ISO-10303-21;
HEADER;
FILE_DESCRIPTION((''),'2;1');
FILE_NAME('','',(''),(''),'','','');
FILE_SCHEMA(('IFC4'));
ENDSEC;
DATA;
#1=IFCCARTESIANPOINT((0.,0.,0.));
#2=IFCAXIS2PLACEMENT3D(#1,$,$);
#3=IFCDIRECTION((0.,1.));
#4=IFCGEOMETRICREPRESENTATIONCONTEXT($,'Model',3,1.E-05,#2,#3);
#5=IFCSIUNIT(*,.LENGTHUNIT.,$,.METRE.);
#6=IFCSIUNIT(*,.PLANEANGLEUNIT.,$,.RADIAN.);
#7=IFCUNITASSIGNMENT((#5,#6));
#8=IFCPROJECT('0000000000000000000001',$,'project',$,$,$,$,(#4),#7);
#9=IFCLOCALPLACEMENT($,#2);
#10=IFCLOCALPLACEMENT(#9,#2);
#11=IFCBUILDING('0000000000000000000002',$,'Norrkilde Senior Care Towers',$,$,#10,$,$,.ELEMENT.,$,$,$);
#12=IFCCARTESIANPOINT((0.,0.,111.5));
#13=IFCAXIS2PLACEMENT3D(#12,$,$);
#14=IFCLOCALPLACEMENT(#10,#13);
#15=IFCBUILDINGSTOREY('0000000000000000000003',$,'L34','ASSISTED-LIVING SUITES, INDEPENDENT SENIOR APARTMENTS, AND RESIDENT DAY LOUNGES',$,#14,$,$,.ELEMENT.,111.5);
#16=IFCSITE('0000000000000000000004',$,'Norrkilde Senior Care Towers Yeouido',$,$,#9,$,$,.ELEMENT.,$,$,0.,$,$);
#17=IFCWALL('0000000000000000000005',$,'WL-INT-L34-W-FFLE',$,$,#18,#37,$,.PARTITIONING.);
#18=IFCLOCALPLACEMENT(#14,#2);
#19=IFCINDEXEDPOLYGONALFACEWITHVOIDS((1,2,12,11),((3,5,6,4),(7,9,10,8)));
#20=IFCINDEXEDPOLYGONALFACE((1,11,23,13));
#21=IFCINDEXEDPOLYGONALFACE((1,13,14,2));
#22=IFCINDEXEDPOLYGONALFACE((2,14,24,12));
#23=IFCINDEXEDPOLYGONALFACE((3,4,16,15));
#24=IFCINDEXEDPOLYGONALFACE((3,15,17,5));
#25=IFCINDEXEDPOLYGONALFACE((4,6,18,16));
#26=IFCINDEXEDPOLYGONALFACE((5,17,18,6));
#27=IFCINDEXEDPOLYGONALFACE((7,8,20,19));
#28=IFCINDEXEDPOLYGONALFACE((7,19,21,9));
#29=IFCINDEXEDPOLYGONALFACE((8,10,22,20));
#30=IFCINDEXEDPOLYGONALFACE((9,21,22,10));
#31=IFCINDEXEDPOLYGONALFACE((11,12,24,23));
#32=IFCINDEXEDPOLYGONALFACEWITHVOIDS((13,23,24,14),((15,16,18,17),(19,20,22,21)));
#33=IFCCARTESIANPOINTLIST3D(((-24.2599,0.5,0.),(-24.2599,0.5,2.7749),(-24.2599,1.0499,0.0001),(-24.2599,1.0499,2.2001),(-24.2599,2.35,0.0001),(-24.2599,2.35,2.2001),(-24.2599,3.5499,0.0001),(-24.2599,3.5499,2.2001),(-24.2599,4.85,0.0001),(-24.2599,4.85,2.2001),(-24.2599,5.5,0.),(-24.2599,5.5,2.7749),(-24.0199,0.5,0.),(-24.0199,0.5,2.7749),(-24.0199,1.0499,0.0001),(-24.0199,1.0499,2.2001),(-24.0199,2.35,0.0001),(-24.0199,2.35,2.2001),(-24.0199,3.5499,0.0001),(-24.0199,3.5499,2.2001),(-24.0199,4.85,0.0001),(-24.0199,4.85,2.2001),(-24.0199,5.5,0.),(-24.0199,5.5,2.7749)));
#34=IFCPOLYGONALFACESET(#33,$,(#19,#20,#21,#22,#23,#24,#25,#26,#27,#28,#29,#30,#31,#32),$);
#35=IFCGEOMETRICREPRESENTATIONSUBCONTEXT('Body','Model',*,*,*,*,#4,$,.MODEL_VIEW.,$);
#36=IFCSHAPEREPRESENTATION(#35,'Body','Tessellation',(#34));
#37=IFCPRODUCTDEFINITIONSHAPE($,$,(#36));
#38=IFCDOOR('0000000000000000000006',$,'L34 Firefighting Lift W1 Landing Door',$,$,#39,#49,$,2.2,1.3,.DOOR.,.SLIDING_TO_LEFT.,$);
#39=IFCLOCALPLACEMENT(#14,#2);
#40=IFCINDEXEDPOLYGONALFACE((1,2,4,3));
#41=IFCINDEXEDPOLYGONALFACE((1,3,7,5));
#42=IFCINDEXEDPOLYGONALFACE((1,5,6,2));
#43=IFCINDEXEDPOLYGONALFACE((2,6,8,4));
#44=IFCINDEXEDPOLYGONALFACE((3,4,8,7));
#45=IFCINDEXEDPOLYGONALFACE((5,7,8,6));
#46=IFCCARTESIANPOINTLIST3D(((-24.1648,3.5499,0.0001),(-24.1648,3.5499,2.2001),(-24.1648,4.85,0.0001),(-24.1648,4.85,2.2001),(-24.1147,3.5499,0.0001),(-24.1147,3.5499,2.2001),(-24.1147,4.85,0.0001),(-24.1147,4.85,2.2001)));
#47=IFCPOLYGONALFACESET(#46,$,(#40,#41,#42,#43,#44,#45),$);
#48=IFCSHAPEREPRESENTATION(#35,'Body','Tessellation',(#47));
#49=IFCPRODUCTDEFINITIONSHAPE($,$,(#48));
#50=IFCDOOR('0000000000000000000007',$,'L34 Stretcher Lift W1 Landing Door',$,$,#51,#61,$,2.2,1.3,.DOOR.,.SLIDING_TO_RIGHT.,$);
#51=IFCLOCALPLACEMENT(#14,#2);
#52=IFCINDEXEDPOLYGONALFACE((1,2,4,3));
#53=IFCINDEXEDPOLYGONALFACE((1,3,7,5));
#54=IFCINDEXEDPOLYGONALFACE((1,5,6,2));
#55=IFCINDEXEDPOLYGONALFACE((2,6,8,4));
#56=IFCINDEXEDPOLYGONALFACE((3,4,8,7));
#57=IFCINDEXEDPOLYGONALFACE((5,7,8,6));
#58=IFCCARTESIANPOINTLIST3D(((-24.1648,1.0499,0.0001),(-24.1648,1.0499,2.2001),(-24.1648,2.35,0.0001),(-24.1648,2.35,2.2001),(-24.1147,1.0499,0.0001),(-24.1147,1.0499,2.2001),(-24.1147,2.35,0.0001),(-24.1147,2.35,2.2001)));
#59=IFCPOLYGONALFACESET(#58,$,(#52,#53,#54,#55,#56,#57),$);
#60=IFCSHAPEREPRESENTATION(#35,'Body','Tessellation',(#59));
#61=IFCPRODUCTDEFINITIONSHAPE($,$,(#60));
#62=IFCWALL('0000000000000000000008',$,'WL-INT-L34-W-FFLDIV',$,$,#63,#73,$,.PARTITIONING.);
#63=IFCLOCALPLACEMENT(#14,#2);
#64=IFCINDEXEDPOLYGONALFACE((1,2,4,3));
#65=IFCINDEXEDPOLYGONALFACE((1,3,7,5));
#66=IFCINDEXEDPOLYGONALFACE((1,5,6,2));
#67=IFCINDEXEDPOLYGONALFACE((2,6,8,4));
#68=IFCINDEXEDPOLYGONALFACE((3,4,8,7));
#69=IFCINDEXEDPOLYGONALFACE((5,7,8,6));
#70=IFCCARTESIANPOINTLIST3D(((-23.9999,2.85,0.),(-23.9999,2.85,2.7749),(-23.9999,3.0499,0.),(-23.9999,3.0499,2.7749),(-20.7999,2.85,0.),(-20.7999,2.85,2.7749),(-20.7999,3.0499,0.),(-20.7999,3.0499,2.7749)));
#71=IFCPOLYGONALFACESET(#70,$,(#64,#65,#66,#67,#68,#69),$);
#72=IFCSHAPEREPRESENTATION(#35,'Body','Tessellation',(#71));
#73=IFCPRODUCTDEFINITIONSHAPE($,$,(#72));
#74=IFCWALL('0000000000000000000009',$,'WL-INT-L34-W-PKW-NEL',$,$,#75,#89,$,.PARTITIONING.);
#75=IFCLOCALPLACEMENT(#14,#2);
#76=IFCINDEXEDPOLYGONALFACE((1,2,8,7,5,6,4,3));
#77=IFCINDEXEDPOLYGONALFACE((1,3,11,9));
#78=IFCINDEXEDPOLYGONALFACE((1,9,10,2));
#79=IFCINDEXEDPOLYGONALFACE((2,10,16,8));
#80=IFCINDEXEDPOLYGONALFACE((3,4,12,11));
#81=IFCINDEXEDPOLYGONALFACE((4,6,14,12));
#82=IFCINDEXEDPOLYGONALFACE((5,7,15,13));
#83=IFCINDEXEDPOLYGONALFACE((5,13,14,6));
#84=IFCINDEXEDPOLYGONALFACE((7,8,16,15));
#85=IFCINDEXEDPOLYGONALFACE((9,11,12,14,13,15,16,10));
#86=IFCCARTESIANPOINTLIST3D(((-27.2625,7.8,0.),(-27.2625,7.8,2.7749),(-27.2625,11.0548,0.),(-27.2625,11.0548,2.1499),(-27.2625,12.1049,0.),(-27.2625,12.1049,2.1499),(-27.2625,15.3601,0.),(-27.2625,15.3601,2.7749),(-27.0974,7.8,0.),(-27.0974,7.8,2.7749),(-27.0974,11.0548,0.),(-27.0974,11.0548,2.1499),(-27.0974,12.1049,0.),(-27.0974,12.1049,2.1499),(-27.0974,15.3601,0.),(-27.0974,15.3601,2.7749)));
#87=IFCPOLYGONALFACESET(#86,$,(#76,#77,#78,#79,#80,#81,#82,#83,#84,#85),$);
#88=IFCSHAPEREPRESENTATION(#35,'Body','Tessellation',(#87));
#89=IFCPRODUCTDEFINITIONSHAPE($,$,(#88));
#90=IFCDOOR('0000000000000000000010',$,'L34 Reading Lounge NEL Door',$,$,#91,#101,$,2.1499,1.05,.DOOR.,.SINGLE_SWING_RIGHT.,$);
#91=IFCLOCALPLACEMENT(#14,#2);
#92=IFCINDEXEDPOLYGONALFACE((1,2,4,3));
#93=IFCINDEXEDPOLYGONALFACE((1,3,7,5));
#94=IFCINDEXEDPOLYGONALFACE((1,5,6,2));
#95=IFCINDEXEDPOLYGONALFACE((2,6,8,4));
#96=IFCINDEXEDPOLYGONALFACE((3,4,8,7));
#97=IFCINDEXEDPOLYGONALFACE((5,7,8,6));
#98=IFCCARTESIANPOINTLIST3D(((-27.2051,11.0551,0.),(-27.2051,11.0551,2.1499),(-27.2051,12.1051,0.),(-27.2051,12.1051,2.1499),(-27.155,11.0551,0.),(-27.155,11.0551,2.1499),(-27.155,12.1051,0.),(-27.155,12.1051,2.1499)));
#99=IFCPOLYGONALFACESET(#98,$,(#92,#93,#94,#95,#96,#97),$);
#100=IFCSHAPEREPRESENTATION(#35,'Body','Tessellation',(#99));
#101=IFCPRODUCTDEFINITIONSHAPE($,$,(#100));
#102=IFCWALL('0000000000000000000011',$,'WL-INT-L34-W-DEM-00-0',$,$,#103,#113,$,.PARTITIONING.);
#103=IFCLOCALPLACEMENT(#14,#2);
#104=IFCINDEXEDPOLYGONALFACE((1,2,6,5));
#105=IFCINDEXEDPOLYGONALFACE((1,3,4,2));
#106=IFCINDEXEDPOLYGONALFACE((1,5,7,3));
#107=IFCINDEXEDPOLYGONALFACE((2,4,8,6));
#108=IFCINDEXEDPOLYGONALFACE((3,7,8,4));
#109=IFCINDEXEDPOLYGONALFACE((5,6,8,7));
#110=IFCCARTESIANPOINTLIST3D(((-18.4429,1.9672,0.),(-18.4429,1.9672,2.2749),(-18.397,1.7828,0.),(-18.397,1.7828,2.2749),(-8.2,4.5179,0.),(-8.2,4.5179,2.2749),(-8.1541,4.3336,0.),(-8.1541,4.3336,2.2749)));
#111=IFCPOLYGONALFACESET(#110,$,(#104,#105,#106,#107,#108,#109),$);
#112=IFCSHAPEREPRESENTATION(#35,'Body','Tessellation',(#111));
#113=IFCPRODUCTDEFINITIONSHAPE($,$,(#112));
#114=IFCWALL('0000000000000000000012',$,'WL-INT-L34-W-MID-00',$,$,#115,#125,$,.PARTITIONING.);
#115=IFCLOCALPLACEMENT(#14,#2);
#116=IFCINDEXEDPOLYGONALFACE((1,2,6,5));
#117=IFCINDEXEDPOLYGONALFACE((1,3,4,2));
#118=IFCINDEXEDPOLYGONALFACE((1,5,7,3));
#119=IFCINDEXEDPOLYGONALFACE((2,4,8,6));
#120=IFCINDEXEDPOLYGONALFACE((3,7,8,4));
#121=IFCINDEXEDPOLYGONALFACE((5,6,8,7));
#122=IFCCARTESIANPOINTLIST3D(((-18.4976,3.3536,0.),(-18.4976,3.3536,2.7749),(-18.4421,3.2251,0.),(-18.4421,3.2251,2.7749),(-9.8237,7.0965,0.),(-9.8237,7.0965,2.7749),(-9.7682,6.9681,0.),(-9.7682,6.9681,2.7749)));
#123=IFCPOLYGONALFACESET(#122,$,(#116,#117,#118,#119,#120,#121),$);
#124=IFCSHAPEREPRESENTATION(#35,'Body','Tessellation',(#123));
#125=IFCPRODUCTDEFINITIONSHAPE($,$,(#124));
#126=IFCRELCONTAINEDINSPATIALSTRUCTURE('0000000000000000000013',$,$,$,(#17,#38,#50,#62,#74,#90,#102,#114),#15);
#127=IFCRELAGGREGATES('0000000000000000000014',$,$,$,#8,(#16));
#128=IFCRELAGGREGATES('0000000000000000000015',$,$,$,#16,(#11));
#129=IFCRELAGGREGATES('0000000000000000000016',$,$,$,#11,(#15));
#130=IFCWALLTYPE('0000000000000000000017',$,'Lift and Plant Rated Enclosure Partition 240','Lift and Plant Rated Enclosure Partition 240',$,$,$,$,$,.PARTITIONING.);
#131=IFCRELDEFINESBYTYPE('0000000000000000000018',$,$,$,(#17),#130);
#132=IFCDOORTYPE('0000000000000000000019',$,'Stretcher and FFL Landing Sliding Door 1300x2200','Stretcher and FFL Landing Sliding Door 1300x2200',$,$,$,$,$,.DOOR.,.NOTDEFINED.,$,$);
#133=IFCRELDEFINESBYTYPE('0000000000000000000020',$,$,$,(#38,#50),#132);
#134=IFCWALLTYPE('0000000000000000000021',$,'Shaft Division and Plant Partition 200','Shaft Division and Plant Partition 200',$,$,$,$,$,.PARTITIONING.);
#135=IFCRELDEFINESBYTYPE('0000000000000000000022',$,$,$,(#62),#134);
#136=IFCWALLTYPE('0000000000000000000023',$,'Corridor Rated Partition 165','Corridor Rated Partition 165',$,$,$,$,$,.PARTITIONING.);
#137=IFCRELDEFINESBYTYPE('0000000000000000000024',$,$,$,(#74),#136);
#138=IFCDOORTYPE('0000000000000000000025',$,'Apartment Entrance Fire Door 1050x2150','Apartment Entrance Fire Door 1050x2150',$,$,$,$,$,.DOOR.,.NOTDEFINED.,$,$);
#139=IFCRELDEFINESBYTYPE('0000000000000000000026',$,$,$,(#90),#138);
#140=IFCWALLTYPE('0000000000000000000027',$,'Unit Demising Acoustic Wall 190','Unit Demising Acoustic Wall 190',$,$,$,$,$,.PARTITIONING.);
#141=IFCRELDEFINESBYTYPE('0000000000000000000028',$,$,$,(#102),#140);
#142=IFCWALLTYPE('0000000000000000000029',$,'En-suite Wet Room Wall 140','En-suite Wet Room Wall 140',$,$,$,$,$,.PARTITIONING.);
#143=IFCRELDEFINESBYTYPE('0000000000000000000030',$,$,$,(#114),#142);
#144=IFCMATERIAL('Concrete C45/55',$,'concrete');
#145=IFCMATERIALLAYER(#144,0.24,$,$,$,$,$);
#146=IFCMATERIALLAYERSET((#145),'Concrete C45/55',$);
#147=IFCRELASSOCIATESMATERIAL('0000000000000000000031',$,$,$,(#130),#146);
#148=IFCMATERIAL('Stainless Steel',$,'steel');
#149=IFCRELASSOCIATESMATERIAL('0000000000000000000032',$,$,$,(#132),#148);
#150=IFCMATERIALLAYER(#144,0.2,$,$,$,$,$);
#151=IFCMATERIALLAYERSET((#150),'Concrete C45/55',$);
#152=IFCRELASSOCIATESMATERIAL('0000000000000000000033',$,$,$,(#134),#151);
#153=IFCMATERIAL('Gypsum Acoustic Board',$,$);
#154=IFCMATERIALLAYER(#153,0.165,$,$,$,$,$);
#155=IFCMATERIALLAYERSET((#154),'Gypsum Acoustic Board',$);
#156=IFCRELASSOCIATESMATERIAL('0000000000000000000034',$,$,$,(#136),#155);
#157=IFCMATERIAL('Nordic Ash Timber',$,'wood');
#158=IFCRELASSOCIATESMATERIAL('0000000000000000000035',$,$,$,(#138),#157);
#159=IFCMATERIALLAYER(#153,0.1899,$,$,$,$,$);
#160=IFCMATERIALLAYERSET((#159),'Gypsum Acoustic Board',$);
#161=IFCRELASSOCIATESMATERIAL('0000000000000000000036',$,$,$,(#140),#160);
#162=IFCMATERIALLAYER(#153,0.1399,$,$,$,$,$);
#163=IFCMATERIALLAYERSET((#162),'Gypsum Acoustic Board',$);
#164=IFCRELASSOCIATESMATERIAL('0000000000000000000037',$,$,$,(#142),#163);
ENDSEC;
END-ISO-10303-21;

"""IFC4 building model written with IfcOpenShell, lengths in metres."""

from ifc_helpers import new_model, si_unit, direction, frame, frame_2d, origin, place, context, subcontext, project, spatial, rectangle, extrude, source, transform, mapped, material, layer, layer_set, type_object, type_shapes, element, fill, save


model = new_model("IFC4")

# Units and contexts
model_context = context("Model", 3, precision=1e-05, world=origin(), true_north=direction((0.0, 1.0)))
body_context = subcontext(model_context, "Body", "Model", "MODEL_VIEW")
ifc_project = project(units=[si_unit("LENGTHUNIT", "METRE"), si_unit("PLANEANGLEUNIT", "RADIAN")], contexts=[model_context])

# Site, building, storey
site_placement = place(None, origin())
site = spatial("IfcSite", under=ifc_project, at=site_placement, Name="Norrkilde Senior Care Towers Yeouido", CompositionType="ELEMENT", RefElevation=0.0)
building_placement = place(site_placement, origin())
building = spatial("IfcBuilding", under=site, at=building_placement, Name="Norrkilde Senior Care Towers", CompositionType="ELEMENT")
storey_placement = place(building_placement, frame((0.0, 0.0, 111.5)))
storey = spatial("IfcBuildingStorey", under=building, at=storey_placement, Name="L34", Description="ASSISTED-LIVING SUITES, INDEPENDENT SENIOR APARTMENTS, AND RESIDENT DAY LOUNGES", CompositionType="ELEMENT", Elevation=111.5)

# Wall, openings, doors
ifc_material_1 = material(Name="Concrete C45/55", Category="concrete")
ifc_layer_1 = layer(ifc_material_1, 0.24)
ifc_layer_set_1 = layer_set([ifc_layer_1], Name="Concrete C45/55")
wall_type_1 = type_object("IfcWallType", Name="Lift and Plant Rated Enclosure Partition 240", Description="Lift and Plant Rated Enclosure Partition 240", PredefinedType="PARTITIONING", material=ifc_layer_set_1)
shared_shape_1 = source(origin(), body_context, "Body", "SweptSolid", [
    extrude(rectangle(XDim=5.0, YDim=0.24, at=frame_2d((2.5, 0.0))), origin(), (0.0, 0.0, 1.0), 2.7749),
])
type_shapes(wall_type_1, [shared_shape_1])
wall_1_placement = place(storey_placement, frame((-24.1399, 0.5, 0.0), z_axis=(0.0, 0.0, 1.0), x_axis=(0.0, 1.0, 0.0)))
wall_1 = element("IfcWall", 1, at=wall_1_placement, inside=storey, type_object=wall_type_1, Name="WL-INT-L34-W-FFLE", PredefinedType="PARTITIONING", context=body_context, shape_type="MappedRepresentation", body=[
    mapped(shared_shape_1, transform((0.0, 0.0, 0.0), x_axis=(1.0, 0.0, 0.0), y_axis=(0.0, 1.0, 0.0), z_axis=(0.0, 0.0, 1.0), scale=1.0)),
])
opening_1_placement = place(wall_1_placement, frame((3.05, 0.0, 0.0)))
opening_1 = element("IfcOpeningElement", 2, at=opening_1_placement, cuts=wall_1, PredefinedType="OPENING", context=body_context, shape_type="SweptSolid", body=[
    extrude(rectangle(XDim=1.3, YDim=2.2, at=frame_2d((0.6499, 1.1001))), frame((0.0, 0.1299, 0.0), z_axis=(0.0, -1.0, 0.0), x_axis=(1.0, 0.0, 0.0)), (0.0, 0.0, 1.0), 0.26),
])
opening_2_placement = place(wall_1_placement, frame((0.55, 0.0, 0.0)))
opening_2 = element("IfcOpeningElement", 3, at=opening_2_placement, cuts=wall_1, PredefinedType="OPENING", context=body_context, shape_type="SweptSolid", body=[
    extrude(rectangle(XDim=1.3, YDim=2.2, at=frame_2d((0.6499, 1.1001))), frame((0.0, 0.1299, 0.0), z_axis=(0.0, -1.0, 0.0), x_axis=(1.0, 0.0, 0.0)), (0.0, 0.0, 1.0), 0.26),
])
ifc_material_2 = material(Name="Stainless Steel", Category="steel")
door_type_1 = type_object("IfcDoorType", Name="Stretcher and FFL Landing Sliding Door 1300x2200", Description="Stretcher and FFL Landing Sliding Door 1300x2200", OperationType="NOTDEFINED", PredefinedType="DOOR", material=ifc_material_2)
shared_shape_2 = source(origin(), body_context, "Body", "SweptSolid", [
    extrude(rectangle(XDim=1.3, YDim=2.2, at=frame_2d((0.6499, 1.1001))), frame((0.0, 0.0249, 0.0), z_axis=(0.0, -1.0, 0.0), x_axis=(1.0, 0.0, 0.0)), (0.0, 0.0, 1.0), 0.05),
])
type_shapes(door_type_1, [shared_shape_2])
door_1_placement = place(opening_1_placement, origin())
door_1 = element("IfcDoor", 4, at=door_1_placement, inside=storey, type_object=door_type_1, Name="L34 Firefighting Lift W1 Landing Door", OperationType="SLIDING_TO_LEFT", OverallHeight=2.2, OverallWidth=1.3, PredefinedType="DOOR", context=body_context, shape_type="MappedRepresentation", body=[
    mapped(shared_shape_2, transform((0.0, 0.0, 0.0), x_axis=(1.0, 0.0, 0.0), y_axis=(0.0, 1.0, 0.0), z_axis=(0.0, 0.0, 1.0), scale=1.0)),
])
fill(opening_1, door_1)
door_2_placement = place(opening_2_placement, origin())
door_2 = element("IfcDoor", 5, at=door_2_placement, inside=storey, type_object=door_type_1, Name="L34 Stretcher Lift W1 Landing Door", OperationType="SLIDING_TO_RIGHT", OverallHeight=2.2, OverallWidth=1.3, PredefinedType="DOOR", context=body_context, shape_type="MappedRepresentation", body=[
    mapped(shared_shape_2, transform((0.0, 0.0, 0.0), x_axis=(1.0, 0.0, 0.0), y_axis=(0.0, 1.0, 0.0), z_axis=(0.0, 0.0, 1.0), scale=1.0)),
])
fill(opening_2, door_2)

# Wall
ifc_layer_2 = layer(ifc_material_1, 0.2)
ifc_layer_set_2 = layer_set([ifc_layer_2], Name="Concrete C45/55")
wall_type_2 = type_object("IfcWallType", Name="Shaft Division and Plant Partition 200", Description="Shaft Division and Plant Partition 200", PredefinedType="PARTITIONING", material=ifc_layer_set_2)
shared_shape_3 = source(origin(), body_context, "Body", "SweptSolid", [
    extrude(rectangle(XDim=3.2, YDim=0.2, at=frame_2d((1.6001, 0.0))), origin(), (0.0, 0.0, 1.0), 2.7749),
])
type_shapes(wall_type_2, [shared_shape_3])
wall_2_placement = place(storey_placement, frame((-24.0, 2.95, 0.0), z_axis=(0.0, 0.0, 1.0), x_axis=(1.0, 0.0, 0.0)))
element("IfcWall", 6, at=wall_2_placement, inside=storey, type_object=wall_type_2, Name="WL-INT-L34-W-FFLDIV", PredefinedType="PARTITIONING", context=body_context, shape_type="MappedRepresentation", body=[
    mapped(shared_shape_3, transform((0.0, 0.0, 0.0), x_axis=(1.0, 0.0, 0.0), y_axis=(0.0, 1.0, 0.0), z_axis=(0.0, 0.0, 1.0), scale=1.0)),
])

# Wall, opening, door
ifc_material_3 = material(Name="Gypsum Acoustic Board")
ifc_layer_3 = layer(ifc_material_3, 0.165)
ifc_layer_set_3 = layer_set([ifc_layer_3], Name="Gypsum Acoustic Board")
wall_type_3 = type_object("IfcWallType", Name="Corridor Rated Partition 165", Description="Corridor Rated Partition 165", PredefinedType="PARTITIONING", material=ifc_layer_set_3)
shared_shape_4 = source(origin(), body_context, "Body", "SweptSolid", [
    extrude(rectangle(XDim=7.5601, YDim=0.165, at=frame_2d((3.78, 0.0))), origin(), (0.0, 0.0, 1.0), 2.7749),
])
type_shapes(wall_type_3, [shared_shape_4])
wall_3_placement = place(storey_placement, frame((-27.1799, 7.8, 0.0), z_axis=(0.0, 0.0, 1.0), x_axis=(0.0, 1.0, 0.0)))
wall_3 = element("IfcWall", 7, at=wall_3_placement, inside=storey, type_object=wall_type_3, Name="WL-INT-L34-W-PKW-NEL", PredefinedType="PARTITIONING", context=body_context, shape_type="MappedRepresentation", body=[
    mapped(shared_shape_4, transform((0.0, 0.0, 0.0), x_axis=(1.0, 0.0, 0.0), y_axis=(0.0, 1.0, 0.0), z_axis=(0.0, 0.0, 1.0), scale=1.0)),
])
opening_3_placement = place(wall_3_placement, frame((3.2549, 0.0, 0.0)))
opening_3 = element("IfcOpeningElement", 8, at=opening_3_placement, cuts=wall_3, PredefinedType="OPENING", context=body_context, shape_type="SweptSolid", body=[
    extrude(rectangle(XDim=1.05, YDim=2.1499, at=frame_2d((0.5249, 1.075))), frame((0.0, 0.0925, 0.0), z_axis=(0.0, -1.0, 0.0), x_axis=(1.0, 0.0, 0.0)), (0.0, 0.0, 1.0), 0.1851),
])
ifc_material_4 = material(Name="Nordic Ash Timber", Category="wood")
door_type_2 = type_object("IfcDoorType", Name="Apartment Entrance Fire Door 1050x2150", Description="Apartment Entrance Fire Door 1050x2150", OperationType="NOTDEFINED", PredefinedType="DOOR", material=ifc_material_4)
shared_shape_5 = source(origin(), body_context, "Body", "SweptSolid", [
    extrude(rectangle(XDim=1.05, YDim=2.1499, at=frame_2d((0.5249, 1.075))), frame((0.0, 0.0249, 0.0), z_axis=(0.0, -1.0, 0.0), x_axis=(1.0, 0.0, 0.0)), (0.0, 0.0, 1.0), 0.05),
])
type_shapes(door_type_2, [shared_shape_5])
door_3_placement = place(opening_3_placement, frame((1.05, 0.0, 0.0), z_axis=(0.0, 0.0, 1.0), x_axis=(-1.0, 0.0, 0.0)))
door_3 = element("IfcDoor", 9, at=door_3_placement, inside=storey, type_object=door_type_2, Name="L34 Reading Lounge NEL Door", OperationType="SINGLE_SWING_RIGHT", OverallHeight=2.1499, OverallWidth=1.05, PredefinedType="DOOR", context=body_context, shape_type="MappedRepresentation", body=[
    mapped(shared_shape_5, transform((0.0, 0.0, 0.0), x_axis=(1.0, 0.0, 0.0), y_axis=(0.0, 1.0, 0.0), z_axis=(0.0, 0.0, 1.0), scale=1.0)),
])
fill(opening_3, door_3)

# Walls
ifc_layer_4 = layer(ifc_material_3, 0.1899)
ifc_layer_set_4 = layer_set([ifc_layer_4], Name="Gypsum Acoustic Board")
wall_type_4 = type_object("IfcWallType", Name="Unit Demising Acoustic Wall 190", Description="Unit Demising Acoustic Wall 190", PredefinedType="PARTITIONING", material=ifc_layer_set_4)
shared_shape_6 = source(origin(), body_context, "Body", "SweptSolid", [
    extrude(rectangle(XDim=10.5557, YDim=0.1899, at=frame_2d((5.2778, 0.0))), origin(), (0.0, 0.0, 1.0), 2.2749),
])
type_shapes(wall_type_4, [shared_shape_6])
wall_4_placement = place(storey_placement, frame((-18.4199, 1.875, 0.0), z_axis=(0.0, 0.0, 1.0), x_axis=(0.970364, 0.241648, 0.0)))
element("IfcWall", 10, at=wall_4_placement, inside=storey, type_object=wall_type_4, Name="WL-INT-L34-W-DEM-00-0", PredefinedType="PARTITIONING", context=body_context, shape_type="MappedRepresentation", body=[
    mapped(shared_shape_6, transform((0.0, 0.0, 0.0), x_axis=(1.0, 0.0, 0.0), y_axis=(0.0, 1.0, 0.0), z_axis=(0.0, 0.0, 1.0), scale=1.0)),
])
ifc_layer_5 = layer(ifc_material_3, 0.1399)
ifc_layer_set_5 = layer_set([ifc_layer_5], Name="Gypsum Acoustic Board")
wall_type_5 = type_object("IfcWallType", Name="En-suite Wet Room Wall 140", Description="En-suite Wet Room Wall 140", PredefinedType="PARTITIONING", material=ifc_layer_set_5)
shared_shape_7 = source(origin(), body_context, "Body", "SweptSolid", [
    extrude(rectangle(XDim=9.447, YDim=0.1399, at=frame_2d((4.7236, 0.0))), origin(), (0.0, 0.0, 1.0), 2.7749),
])
type_shapes(wall_type_5, [shared_shape_7])
wall_5_placement = place(storey_placement, frame((-18.47, 3.2893, 0.0), z_axis=(0.0, 0.0, 1.0), x_axis=(0.918162, 0.396204, 0.0)))
element("IfcWall", 11, at=wall_5_placement, inside=storey, type_object=wall_type_5, Name="WL-INT-L34-W-MID-00", PredefinedType="PARTITIONING", context=body_context, shape_type="MappedRepresentation", body=[
    mapped(shared_shape_7, transform((0.0, 0.0, 0.0), x_axis=(1.0, 0.0, 0.0), y_axis=(0.0, 1.0, 0.0), z_axis=(0.0, 0.0, 1.0), scale=1.0)),
])

save(model, "model.ifc")
